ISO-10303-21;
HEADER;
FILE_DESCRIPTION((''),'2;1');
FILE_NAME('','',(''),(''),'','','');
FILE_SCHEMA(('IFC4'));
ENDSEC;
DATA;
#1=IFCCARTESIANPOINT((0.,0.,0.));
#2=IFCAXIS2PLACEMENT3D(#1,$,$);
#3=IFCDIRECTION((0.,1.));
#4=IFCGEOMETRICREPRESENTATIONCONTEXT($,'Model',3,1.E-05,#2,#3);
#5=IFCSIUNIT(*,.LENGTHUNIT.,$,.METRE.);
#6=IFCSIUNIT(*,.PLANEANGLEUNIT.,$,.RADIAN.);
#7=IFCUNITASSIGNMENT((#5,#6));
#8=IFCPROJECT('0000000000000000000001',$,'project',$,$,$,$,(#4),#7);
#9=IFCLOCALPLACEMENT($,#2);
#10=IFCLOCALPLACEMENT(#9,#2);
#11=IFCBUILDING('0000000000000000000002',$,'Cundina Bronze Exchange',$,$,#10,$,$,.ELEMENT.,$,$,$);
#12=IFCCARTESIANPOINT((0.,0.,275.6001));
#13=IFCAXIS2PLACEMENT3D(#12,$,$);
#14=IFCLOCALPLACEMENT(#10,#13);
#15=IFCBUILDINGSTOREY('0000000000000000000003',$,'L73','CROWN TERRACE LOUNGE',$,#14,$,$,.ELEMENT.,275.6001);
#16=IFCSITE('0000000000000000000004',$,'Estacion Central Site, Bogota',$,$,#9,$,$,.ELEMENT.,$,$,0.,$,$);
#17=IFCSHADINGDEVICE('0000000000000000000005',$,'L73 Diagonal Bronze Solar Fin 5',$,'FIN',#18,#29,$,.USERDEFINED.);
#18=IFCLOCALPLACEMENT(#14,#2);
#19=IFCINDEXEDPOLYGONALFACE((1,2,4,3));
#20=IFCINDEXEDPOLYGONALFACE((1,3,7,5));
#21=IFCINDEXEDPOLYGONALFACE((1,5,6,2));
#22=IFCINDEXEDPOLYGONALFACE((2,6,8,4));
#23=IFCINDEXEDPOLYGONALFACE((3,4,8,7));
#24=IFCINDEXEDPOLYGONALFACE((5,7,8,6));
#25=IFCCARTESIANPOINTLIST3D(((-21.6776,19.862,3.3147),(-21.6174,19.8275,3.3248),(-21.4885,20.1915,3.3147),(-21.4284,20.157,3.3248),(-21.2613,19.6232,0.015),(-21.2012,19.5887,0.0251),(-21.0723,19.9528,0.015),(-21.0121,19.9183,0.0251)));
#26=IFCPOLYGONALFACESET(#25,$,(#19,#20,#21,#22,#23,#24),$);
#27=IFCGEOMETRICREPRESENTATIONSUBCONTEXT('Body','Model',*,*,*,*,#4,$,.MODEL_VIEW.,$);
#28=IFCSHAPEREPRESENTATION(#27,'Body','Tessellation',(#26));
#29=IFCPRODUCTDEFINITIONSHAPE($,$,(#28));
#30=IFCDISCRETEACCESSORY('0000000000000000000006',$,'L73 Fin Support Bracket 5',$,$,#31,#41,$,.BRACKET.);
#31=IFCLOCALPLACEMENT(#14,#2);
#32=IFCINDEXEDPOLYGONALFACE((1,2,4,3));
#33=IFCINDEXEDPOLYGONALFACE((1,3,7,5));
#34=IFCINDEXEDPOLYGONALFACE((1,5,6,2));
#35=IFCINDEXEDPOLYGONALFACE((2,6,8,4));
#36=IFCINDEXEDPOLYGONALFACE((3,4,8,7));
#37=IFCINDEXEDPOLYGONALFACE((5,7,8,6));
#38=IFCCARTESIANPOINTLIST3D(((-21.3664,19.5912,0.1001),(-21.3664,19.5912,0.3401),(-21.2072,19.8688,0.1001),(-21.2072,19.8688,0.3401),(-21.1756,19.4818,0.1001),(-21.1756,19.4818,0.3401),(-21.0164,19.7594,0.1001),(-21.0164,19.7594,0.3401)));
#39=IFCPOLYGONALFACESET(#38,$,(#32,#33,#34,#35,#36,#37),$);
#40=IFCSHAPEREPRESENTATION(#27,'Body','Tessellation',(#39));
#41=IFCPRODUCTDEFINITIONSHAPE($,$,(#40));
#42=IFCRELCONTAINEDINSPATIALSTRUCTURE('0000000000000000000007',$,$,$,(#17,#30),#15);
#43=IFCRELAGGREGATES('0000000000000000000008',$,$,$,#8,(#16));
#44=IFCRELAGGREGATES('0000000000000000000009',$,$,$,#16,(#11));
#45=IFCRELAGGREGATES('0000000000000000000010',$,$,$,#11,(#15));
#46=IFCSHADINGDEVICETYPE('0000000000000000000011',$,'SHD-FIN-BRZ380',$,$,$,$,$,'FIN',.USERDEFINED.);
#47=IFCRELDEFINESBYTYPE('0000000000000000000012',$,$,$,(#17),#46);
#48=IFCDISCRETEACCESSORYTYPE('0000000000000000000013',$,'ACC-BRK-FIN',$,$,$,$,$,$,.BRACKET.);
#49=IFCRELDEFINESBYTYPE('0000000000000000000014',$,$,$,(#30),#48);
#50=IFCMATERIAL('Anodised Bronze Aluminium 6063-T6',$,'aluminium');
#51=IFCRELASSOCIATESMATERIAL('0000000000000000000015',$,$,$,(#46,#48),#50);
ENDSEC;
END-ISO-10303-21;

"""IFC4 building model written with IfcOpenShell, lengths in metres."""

from ifc_helpers import new_model, si_unit, direction, frame, origin, origin_2d, place, context, subcontext, project, spatial, rectangle, extrude, material, material_profile, profile_set, type_object, element, save


model = new_model("IFC4")

# Units and contexts
model_context = context("Model", 3, precision=1e-05, world=origin(), true_north=direction((0.0, 1.0)))
body_context = subcontext(model_context, "Body", "Model", "MODEL_VIEW")
ifc_project = project(units=[si_unit("LENGTHUNIT", "METRE"), si_unit("PLANEANGLEUNIT", "RADIAN")], contexts=[model_context])

# Site, building, storey
site_placement = place(None, origin())
site = spatial("IfcSite", under=ifc_project, at=site_placement, Name="Estacion Central Site, Bogota", CompositionType="ELEMENT", RefElevation=0.0)
building_placement = place(site_placement, origin())
building = spatial("IfcBuilding", under=site, at=building_placement, Name="Cundina Bronze Exchange", CompositionType="ELEMENT")
storey_placement = place(building_placement, frame((0.0, 0.0, 275.6001)))
storey = spatial("IfcBuildingStorey", under=building, at=storey_placement, Name="L73", Description="CROWN TERRACE LOUNGE", CompositionType="ELEMENT", Elevation=275.6001)

# Shared definitions
ifc_material_1 = material(Name="Anodised Bronze Aluminium 6063-T6", Category="aluminium")

# Shading device
ifc_material_profile_1 = material_profile(ifc_material_1, rectangle(XDim=0.0701, YDim=0.3799, at=origin_2d()), Name="FIN70X380", Category="aluminium")
ifc_profile_set_1 = profile_set([ifc_material_profile_1], Name="Anodised Bronze Aluminium 6063-T6")
shading_device_type = type_object("IfcShadingDeviceType", Name="SHD-FIN-BRZ380", ElementType="FIN", PredefinedType="USERDEFINED", material=ifc_profile_set_1)
shading_device_placement = place(storey_placement, frame((-21.1367, 19.7708, 0.02), z_axis=(-0.124834, 0.071605, 0.98959), x_axis=(0.858398, -0.492383, 0.143912)))
element("IfcShadingDevice", 1, at=shading_device_placement, inside=storey, type_object=shading_device_type, Name="L73 Diagonal Bronze Solar Fin 5", ObjectType="FIN", PredefinedType="USERDEFINED", context=body_context, shape_type="SweptSolid", body=[
    extrude(rectangle(XDim=0.0701, YDim=0.3799, at=origin_2d()), origin(), (0.0, 0.0, 1.0), 3.3345),
])

# Discrete accessory
discrete_accessory_type = type_object("IfcDiscreteAccessoryType", Name="ACC-BRK-FIN", PredefinedType="BRACKET", material=ifc_material_1)
discrete_accessory_placement = place(storey_placement, frame((-21.1914, 19.6753, 0.1001), z_axis=(0.0, 0.0, 1.0), x_axis=(-0.867453, 0.497519, 0.0)))
element("IfcDiscreteAccessory", 2, at=discrete_accessory_placement, inside=storey, type_object=discrete_accessory_type, Name="L73 Fin Support Bracket 5", PredefinedType="BRACKET", context=body_context, shape_type="SweptSolid", body=[
    extrude(rectangle(XDim=0.22, YDim=0.3201, at=origin_2d()), origin(), (0.0, 0.0, 1.0), 0.24),
])

save(model, "model.ifc")
